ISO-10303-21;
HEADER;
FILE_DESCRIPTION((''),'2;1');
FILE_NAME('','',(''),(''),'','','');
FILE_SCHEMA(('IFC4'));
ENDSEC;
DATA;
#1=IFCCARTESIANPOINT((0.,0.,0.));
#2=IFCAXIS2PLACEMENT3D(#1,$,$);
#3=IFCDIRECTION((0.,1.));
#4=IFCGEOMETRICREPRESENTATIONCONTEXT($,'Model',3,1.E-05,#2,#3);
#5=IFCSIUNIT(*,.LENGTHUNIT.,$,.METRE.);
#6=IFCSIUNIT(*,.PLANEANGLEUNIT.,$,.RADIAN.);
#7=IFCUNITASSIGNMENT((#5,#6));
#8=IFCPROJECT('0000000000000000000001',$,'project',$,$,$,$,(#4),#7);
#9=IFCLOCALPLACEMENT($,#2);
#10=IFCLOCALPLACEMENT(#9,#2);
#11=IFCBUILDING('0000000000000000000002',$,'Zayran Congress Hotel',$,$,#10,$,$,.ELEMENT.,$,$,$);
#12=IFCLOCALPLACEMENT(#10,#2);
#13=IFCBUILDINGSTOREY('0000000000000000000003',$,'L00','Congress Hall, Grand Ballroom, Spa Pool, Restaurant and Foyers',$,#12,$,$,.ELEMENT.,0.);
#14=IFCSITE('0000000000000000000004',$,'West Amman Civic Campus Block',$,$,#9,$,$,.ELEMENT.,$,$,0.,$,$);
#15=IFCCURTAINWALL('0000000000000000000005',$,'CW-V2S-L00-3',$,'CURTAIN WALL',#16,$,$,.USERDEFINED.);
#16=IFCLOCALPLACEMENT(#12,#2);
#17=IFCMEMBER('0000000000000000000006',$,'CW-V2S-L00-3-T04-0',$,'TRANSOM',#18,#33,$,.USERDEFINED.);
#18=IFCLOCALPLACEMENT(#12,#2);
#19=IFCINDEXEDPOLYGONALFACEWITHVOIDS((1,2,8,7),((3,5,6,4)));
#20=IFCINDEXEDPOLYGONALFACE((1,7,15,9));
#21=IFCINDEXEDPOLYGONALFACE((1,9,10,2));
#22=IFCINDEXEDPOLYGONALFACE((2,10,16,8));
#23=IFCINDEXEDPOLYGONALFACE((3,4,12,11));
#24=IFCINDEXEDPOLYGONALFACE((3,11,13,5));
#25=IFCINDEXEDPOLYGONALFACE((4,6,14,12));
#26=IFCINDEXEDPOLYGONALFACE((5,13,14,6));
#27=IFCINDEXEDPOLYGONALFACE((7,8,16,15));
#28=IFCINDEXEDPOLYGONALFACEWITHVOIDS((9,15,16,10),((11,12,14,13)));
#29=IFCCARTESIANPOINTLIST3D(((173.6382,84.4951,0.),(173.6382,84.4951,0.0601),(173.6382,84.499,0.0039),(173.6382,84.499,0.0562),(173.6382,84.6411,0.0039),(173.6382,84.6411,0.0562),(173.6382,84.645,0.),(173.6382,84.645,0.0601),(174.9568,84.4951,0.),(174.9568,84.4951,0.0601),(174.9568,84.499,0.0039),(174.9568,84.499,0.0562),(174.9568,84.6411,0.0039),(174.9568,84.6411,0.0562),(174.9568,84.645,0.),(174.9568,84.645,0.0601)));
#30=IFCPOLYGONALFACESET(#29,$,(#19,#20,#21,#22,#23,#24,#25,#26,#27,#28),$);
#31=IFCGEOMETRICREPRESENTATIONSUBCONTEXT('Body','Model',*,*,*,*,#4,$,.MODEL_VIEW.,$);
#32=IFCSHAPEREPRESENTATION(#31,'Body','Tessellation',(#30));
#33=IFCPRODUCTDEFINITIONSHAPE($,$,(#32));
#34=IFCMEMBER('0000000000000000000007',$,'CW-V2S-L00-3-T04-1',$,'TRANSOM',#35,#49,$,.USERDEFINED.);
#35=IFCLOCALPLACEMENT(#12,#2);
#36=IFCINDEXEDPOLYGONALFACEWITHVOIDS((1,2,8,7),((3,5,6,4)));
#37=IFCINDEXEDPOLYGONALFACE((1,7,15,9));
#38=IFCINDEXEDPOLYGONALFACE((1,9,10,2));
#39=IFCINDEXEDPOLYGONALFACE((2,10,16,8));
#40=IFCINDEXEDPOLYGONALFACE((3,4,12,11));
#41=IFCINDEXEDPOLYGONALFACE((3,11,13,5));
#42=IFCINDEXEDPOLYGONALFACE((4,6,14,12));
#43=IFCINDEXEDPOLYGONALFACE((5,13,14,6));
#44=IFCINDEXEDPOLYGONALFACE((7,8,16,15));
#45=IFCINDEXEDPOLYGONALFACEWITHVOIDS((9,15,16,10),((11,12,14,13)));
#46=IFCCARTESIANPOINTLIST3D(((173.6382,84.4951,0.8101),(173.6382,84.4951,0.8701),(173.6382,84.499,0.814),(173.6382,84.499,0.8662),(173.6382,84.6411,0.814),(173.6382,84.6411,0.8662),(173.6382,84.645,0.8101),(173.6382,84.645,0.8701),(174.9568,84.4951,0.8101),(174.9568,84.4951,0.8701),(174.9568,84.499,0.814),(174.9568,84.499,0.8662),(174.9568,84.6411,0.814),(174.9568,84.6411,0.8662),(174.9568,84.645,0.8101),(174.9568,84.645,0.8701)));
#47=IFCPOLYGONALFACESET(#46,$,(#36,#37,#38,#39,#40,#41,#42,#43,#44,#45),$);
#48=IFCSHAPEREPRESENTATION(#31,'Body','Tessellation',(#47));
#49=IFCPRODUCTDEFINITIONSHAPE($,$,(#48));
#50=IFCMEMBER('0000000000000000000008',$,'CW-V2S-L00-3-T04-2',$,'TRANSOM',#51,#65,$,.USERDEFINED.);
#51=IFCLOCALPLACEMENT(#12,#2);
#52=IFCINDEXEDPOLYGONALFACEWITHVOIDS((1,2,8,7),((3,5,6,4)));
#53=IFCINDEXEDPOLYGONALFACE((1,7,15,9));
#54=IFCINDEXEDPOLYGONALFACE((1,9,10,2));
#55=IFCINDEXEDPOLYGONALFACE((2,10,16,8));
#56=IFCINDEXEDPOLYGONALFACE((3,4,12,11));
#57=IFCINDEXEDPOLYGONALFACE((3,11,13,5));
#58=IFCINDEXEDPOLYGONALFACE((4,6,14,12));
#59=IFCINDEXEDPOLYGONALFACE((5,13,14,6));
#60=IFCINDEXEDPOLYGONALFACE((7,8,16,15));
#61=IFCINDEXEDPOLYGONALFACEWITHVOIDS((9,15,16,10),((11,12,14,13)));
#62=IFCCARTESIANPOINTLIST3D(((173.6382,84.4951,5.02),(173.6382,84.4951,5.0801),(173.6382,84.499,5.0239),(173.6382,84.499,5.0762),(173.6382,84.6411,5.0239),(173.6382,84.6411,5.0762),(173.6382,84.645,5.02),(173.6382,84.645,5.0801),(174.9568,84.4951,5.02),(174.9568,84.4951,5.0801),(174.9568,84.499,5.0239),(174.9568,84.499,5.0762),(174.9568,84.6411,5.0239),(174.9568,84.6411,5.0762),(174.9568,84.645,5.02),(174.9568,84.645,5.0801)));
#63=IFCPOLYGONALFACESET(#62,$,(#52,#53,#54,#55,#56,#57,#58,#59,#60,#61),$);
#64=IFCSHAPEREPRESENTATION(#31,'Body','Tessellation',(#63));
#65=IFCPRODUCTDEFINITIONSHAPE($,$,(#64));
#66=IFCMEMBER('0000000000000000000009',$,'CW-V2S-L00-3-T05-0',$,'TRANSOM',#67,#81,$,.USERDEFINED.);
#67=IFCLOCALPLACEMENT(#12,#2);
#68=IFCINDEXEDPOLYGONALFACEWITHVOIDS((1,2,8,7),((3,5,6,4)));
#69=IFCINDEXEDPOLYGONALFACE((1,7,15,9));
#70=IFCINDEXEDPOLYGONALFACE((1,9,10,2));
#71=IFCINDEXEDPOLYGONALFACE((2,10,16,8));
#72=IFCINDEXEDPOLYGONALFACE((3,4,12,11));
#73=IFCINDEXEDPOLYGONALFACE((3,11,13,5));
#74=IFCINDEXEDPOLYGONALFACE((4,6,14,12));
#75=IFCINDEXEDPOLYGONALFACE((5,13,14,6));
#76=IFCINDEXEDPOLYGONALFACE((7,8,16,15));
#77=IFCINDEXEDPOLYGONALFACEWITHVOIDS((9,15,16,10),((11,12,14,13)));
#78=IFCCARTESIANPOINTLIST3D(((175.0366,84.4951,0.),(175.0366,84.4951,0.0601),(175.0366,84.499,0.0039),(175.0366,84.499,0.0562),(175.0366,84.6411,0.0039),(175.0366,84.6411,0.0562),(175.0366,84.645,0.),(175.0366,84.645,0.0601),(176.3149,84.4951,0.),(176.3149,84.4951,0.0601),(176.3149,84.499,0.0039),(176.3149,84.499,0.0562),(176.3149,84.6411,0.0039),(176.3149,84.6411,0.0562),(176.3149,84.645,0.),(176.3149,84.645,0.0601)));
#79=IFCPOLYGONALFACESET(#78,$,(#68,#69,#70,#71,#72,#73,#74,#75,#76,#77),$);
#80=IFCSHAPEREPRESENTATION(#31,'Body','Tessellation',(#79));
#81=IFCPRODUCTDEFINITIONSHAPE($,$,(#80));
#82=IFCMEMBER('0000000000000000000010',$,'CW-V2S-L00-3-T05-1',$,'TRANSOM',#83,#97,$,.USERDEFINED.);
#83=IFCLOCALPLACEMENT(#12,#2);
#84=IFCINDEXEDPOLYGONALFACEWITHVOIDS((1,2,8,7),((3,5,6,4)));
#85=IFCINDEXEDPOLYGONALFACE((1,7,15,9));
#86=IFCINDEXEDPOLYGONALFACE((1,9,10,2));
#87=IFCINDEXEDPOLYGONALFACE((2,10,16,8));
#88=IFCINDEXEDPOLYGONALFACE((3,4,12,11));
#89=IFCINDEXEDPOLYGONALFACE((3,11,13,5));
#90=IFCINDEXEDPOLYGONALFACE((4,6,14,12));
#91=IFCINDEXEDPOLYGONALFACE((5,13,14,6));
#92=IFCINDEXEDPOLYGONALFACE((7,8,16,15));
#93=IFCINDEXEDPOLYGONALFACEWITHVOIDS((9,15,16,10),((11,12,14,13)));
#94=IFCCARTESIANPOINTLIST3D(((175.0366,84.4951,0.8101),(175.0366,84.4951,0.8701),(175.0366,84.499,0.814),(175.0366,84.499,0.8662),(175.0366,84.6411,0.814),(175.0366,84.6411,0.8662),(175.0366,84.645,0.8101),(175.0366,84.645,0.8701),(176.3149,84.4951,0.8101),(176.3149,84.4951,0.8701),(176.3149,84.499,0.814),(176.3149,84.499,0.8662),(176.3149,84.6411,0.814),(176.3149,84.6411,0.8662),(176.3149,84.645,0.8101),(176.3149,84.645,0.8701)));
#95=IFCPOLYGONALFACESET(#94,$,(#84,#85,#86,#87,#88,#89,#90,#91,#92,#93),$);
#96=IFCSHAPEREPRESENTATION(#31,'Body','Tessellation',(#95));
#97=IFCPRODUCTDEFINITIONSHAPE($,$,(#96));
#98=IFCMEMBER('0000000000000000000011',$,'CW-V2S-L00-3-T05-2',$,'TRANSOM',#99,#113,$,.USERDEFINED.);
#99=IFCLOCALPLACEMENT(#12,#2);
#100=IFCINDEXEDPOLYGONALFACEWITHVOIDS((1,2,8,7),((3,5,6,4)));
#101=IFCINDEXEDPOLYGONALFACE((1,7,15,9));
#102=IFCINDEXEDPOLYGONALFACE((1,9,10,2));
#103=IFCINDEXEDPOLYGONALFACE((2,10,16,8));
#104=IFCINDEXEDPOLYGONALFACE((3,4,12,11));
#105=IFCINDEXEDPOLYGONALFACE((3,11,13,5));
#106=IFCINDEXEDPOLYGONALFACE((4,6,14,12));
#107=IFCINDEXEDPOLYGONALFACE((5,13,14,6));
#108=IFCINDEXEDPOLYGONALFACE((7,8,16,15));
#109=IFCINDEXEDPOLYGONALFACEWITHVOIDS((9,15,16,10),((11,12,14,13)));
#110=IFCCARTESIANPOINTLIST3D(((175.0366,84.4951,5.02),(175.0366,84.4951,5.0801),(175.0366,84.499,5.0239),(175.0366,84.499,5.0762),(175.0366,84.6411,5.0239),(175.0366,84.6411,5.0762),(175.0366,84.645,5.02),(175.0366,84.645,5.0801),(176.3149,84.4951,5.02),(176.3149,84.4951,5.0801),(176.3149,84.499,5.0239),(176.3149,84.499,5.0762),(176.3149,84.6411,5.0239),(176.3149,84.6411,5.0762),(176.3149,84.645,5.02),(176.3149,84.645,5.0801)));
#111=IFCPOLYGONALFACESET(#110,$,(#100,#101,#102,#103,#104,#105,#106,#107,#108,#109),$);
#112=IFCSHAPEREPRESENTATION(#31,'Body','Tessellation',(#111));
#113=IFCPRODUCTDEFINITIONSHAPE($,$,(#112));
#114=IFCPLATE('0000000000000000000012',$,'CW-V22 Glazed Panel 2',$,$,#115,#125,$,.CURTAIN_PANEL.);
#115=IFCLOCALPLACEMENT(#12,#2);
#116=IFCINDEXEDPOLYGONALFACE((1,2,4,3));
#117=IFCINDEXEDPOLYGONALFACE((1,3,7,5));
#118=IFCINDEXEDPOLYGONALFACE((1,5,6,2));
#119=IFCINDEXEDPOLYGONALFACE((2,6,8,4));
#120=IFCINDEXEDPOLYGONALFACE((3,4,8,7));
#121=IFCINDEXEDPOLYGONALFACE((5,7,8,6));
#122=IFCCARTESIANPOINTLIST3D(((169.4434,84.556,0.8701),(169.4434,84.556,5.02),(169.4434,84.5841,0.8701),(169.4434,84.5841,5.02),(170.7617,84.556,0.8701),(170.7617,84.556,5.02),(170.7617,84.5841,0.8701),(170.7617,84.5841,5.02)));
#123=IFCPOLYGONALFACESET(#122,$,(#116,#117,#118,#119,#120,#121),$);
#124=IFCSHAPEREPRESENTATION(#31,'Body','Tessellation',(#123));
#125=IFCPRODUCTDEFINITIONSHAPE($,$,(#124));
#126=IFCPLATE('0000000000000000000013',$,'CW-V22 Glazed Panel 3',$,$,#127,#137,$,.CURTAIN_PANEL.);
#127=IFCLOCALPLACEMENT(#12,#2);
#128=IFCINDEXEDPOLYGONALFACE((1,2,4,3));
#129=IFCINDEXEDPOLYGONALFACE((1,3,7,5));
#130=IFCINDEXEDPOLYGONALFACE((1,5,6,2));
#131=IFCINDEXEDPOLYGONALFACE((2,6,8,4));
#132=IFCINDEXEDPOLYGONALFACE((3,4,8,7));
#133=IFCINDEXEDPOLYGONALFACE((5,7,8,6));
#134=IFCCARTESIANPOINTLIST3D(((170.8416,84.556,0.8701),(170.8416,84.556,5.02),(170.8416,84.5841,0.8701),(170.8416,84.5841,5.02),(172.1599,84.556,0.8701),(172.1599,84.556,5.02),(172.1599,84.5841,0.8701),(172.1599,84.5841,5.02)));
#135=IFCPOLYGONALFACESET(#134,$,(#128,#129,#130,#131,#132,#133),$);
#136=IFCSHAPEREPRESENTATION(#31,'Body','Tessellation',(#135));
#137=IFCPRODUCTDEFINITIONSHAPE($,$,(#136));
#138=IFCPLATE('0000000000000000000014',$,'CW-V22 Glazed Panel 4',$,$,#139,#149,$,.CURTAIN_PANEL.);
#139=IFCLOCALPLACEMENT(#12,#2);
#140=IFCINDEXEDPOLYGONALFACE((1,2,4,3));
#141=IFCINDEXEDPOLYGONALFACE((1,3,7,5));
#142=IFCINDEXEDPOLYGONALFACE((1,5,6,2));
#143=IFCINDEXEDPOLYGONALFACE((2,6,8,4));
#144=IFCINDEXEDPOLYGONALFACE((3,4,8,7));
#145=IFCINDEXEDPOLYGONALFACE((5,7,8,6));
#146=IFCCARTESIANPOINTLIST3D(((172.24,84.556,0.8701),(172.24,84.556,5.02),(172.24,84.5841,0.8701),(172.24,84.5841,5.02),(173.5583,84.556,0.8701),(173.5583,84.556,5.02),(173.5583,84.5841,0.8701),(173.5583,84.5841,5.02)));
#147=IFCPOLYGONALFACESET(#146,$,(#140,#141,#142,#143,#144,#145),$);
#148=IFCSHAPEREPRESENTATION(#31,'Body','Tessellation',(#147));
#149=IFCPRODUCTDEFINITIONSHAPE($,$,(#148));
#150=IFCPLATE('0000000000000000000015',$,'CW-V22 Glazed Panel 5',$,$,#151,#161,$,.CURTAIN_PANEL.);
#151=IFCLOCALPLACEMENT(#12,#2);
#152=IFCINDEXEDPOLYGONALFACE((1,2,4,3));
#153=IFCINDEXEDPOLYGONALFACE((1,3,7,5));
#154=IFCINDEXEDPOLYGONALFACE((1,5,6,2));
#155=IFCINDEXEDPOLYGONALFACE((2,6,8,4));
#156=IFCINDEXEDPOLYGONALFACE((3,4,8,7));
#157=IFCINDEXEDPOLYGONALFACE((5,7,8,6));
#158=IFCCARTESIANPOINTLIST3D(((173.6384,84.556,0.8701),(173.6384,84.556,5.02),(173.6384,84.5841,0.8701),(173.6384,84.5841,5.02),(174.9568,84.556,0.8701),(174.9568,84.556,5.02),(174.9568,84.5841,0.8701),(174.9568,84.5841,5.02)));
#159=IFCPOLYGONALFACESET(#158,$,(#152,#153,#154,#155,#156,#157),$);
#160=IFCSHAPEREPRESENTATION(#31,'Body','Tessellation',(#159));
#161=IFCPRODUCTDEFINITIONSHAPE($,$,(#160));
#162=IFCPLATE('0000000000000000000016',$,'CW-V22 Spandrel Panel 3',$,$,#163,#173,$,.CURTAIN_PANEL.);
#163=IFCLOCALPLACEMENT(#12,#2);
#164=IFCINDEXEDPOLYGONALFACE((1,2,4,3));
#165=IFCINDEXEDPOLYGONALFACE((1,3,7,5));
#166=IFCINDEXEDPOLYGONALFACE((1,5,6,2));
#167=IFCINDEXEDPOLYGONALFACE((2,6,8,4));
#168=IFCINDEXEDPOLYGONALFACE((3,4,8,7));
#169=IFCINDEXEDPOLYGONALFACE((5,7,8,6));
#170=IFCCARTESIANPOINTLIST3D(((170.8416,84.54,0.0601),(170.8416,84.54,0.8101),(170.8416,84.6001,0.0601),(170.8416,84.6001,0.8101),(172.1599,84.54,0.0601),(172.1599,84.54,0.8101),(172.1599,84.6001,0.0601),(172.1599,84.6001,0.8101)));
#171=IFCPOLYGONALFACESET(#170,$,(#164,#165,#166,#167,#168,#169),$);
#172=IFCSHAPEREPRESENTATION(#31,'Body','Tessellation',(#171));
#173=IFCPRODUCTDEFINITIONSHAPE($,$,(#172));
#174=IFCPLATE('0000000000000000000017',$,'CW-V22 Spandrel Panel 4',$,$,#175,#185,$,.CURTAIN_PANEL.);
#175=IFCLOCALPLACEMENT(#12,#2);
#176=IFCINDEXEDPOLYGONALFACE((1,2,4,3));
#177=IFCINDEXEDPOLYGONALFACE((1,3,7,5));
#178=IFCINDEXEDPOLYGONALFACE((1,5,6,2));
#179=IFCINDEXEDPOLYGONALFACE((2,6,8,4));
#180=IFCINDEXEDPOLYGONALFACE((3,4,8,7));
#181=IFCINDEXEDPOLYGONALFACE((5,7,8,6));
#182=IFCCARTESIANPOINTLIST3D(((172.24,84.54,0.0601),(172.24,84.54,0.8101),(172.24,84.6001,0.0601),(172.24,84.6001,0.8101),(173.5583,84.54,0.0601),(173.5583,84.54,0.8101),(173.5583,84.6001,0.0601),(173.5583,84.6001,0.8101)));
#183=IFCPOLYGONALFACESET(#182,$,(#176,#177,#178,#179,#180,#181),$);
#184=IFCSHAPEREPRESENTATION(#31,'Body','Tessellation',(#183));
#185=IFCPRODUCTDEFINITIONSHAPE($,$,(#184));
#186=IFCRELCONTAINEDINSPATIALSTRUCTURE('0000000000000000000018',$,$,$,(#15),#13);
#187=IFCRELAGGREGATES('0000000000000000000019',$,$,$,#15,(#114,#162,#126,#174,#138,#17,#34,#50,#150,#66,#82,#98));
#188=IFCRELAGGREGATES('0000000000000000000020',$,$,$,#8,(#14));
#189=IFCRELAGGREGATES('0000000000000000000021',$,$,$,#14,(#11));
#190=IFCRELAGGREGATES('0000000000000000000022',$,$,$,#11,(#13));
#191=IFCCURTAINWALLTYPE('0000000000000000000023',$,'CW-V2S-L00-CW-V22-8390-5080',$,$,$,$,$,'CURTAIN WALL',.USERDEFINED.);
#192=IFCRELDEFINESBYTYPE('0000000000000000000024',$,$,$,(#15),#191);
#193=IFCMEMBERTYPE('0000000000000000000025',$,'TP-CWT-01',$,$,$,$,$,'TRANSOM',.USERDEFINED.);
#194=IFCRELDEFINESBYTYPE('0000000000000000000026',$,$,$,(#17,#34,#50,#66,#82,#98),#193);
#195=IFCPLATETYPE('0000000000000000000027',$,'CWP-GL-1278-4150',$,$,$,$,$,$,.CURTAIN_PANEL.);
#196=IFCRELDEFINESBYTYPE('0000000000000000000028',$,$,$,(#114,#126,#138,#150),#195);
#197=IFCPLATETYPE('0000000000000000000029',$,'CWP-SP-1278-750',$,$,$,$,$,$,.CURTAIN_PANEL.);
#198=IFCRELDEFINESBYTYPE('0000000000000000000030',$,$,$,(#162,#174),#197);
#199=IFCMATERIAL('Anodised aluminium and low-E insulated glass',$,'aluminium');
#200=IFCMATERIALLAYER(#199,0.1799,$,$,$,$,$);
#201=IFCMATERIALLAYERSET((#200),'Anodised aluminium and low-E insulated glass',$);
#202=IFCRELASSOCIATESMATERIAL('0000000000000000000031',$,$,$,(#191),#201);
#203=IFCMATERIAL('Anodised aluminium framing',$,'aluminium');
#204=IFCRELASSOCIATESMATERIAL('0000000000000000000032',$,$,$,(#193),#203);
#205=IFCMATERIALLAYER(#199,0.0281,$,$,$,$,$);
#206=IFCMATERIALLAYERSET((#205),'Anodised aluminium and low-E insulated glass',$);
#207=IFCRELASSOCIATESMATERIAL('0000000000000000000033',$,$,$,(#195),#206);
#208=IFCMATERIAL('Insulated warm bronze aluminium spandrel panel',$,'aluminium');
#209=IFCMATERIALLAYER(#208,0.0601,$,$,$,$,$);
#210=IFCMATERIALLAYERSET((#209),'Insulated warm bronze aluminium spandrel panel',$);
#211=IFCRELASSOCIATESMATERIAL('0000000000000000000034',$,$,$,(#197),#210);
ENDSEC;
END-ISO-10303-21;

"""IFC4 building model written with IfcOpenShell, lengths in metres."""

from ifc_helpers import new_model, si_unit, direction, frame, origin, origin_2d, place, context, subcontext, project, spatial, rectangle, hollow_rectangle, extrude, material, layer, layer_set, material_profile, profile_set, type_object, element, aggregate, save


model = new_model("IFC4")

# Units and contexts
model_context = context("Model", 3, precision=1e-05, world=origin(), true_north=direction((0.0, 1.0)))
body_context = subcontext(model_context, "Body", "Model", "MODEL_VIEW")
ifc_project = project(units=[si_unit("LENGTHUNIT", "METRE"), si_unit("PLANEANGLEUNIT", "RADIAN")], contexts=[model_context])

# Site, building, storey
site_placement = place(None, origin())
site = spatial("IfcSite", under=ifc_project, at=site_placement, Name="West Amman Civic Campus Block", CompositionType="ELEMENT", RefElevation=0.0)
building_placement = place(site_placement, origin())
building = spatial("IfcBuilding", under=site, at=building_placement, Name="Zayran Congress Hotel", CompositionType="ELEMENT")
storey_placement = place(building_placement, origin())
storey = spatial("IfcBuildingStorey", under=building, at=storey_placement, Name="L00", Description="Congress Hall, Grand Ballroom, Spa Pool, Restaurant and Foyers", CompositionType="ELEMENT", Elevation=0.0)

# Curtain wall, members, plates
ifc_material_1 = material(Name="Anodised aluminium and low-E insulated glass", Category="aluminium")
ifc_layer_1 = layer(ifc_material_1, 0.1799)
ifc_layer_set_1 = layer_set([ifc_layer_1], Name="Anodised aluminium and low-E insulated glass")
curtain_wall_type = type_object("IfcCurtainWallType", Name="CW-V2S-L00-CW-V22-8390-5080", ElementType="CURTAIN WALL", PredefinedType="USERDEFINED", material=ifc_layer_set_1)
curtain_wall_placement = place(storey_placement, origin())
curtain_wall = element("IfcCurtainWall", 1, at=curtain_wall_placement, inside=storey, type_object=curtain_wall_type, Name="CW-V2S-L00-3", ObjectType="CURTAIN WALL", PredefinedType="USERDEFINED")
ifc_material_2 = material(Name="Anodised aluminium framing", Category="aluminium")
ifc_material_profile_1 = material_profile(ifc_material_2, hollow_rectangle(XDim=0.0601, YDim=0.1499, WallThickness=0.0039, at=origin_2d()), Name="RHS 150x60x4")
ifc_profile_set_1 = profile_set([ifc_material_profile_1], Name="Anodised aluminium framing")
member_type_1 = type_object("IfcMemberType", Name="TP-CWT-01", ElementType="TRANSOM", PredefinedType="USERDEFINED", material=ifc_profile_set_1)
member_1_placement = place(storey_placement, frame((173.6382, 84.5701, 0.03), z_axis=(1.0, 0.0, 0.0), x_axis=(0.0, 0.0, 1.0)))
member_1 = element("IfcMember", 2, at=member_1_placement, type_object=member_type_1, Name="CW-V2S-L00-3-T04-0", ObjectType="TRANSOM", PredefinedType="USERDEFINED", context=body_context, shape_type="SweptSolid", body=[
    extrude(hollow_rectangle(XDim=0.0601, YDim=0.1499, WallThickness=0.0039, at=origin_2d()), origin(), (0.0, 0.0, 1.0), 1.3186),
])
member_2_placement = place(storey_placement, frame((173.6382, 84.5701, 0.8401), z_axis=(1.0, 0.0, 0.0), x_axis=(0.0, 0.0, 1.0)))
member_2 = element("IfcMember", 3, at=member_2_placement, type_object=member_type_1, Name="CW-V2S-L00-3-T04-1", ObjectType="TRANSOM", PredefinedType="USERDEFINED", context=body_context, shape_type="SweptSolid", body=[
    extrude(hollow_rectangle(XDim=0.0601, YDim=0.1499, WallThickness=0.0039, at=origin_2d()), origin(), (0.0, 0.0, 1.0), 1.3186),
])
member_3_placement = place(storey_placement, frame((173.6382, 84.5701, 5.05), z_axis=(1.0, 0.0, 0.0), x_axis=(0.0, 0.0, 1.0)))
member_3 = element("IfcMember", 4, at=member_3_placement, type_object=member_type_1, Name="CW-V2S-L00-3-T04-2", ObjectType="TRANSOM", PredefinedType="USERDEFINED", context=body_context, shape_type="SweptSolid", body=[
    extrude(hollow_rectangle(XDim=0.0601, YDim=0.1499, WallThickness=0.0039, at=origin_2d()), origin(), (0.0, 0.0, 1.0), 1.3186),
])
member_4_placement = place(storey_placement, frame((175.0366, 84.5701, 0.03), z_axis=(1.0, 0.0, 0.0), x_axis=(0.0, 0.0, 1.0)))
member_4 = element("IfcMember", 5, at=member_4_placement, type_object=member_type_1, Name="CW-V2S-L00-3-T05-0", ObjectType="TRANSOM", PredefinedType="USERDEFINED", context=body_context, shape_type="SweptSolid", body=[
    extrude(hollow_rectangle(XDim=0.0601, YDim=0.1499, WallThickness=0.0039, at=origin_2d()), origin(), (0.0, 0.0, 1.0), 1.2783),
])
member_5_placement = place(storey_placement, frame((175.0366, 84.5701, 0.8401), z_axis=(1.0, 0.0, 0.0), x_axis=(0.0, 0.0, 1.0)))
member_5 = element("IfcMember", 6, at=member_5_placement, type_object=member_type_1, Name="CW-V2S-L00-3-T05-1", ObjectType="TRANSOM", PredefinedType="USERDEFINED", context=body_context, shape_type="SweptSolid", body=[
    extrude(hollow_rectangle(XDim=0.0601, YDim=0.1499, WallThickness=0.0039, at=origin_2d()), origin(), (0.0, 0.0, 1.0), 1.2783),
])
member_6_placement = place(storey_placement, frame((175.0366, 84.5701, 5.05), z_axis=(1.0, 0.0, 0.0), x_axis=(0.0, 0.0, 1.0)))
member_6 = element("IfcMember", 7, at=member_6_placement, type_object=member_type_1, Name="CW-V2S-L00-3-T05-2", ObjectType="TRANSOM", PredefinedType="USERDEFINED", context=body_context, shape_type="SweptSolid", body=[
    extrude(hollow_rectangle(XDim=0.0601, YDim=0.1499, WallThickness=0.0039, at=origin_2d()), origin(), (0.0, 0.0, 1.0), 1.2783),
])
ifc_layer_2 = layer(ifc_material_1, 0.0281)
ifc_layer_set_2 = layer_set([ifc_layer_2], Name="Anodised aluminium and low-E insulated glass")
plate_type_1 = type_object("IfcPlateType", Name="CWP-GL-1278-4150", PredefinedType="CURTAIN_PANEL", material=ifc_layer_set_2)
plate_1_placement = place(storey_placement, frame((170.1025, 84.5701, 0.8701), z_axis=(0.0, 0.0, 1.0), x_axis=(1.0, 0.0, 0.0)))
plate_1 = element("IfcPlate", 8, at=plate_1_placement, type_object=plate_type_1, Name="CW-V22 Glazed Panel 2", PredefinedType="CURTAIN_PANEL", context=body_context, shape_type="SweptSolid", body=[
    extrude(rectangle(XDim=1.3184, YDim=0.0281, at=origin_2d()), origin(), (0.0, 0.0, 1.0), 4.1499),
])
plate_2_placement = place(storey_placement, frame((171.5007, 84.5701, 0.8701), z_axis=(0.0, 0.0, 1.0), x_axis=(1.0, 0.0, 0.0)))
plate_2 = element("IfcPlate", 9, at=plate_2_placement, type_object=plate_type_1, Name="CW-V22 Glazed Panel 3", PredefinedType="CURTAIN_PANEL", context=body_context, shape_type="SweptSolid", body=[
    extrude(rectangle(XDim=1.3184, YDim=0.0281, at=origin_2d()), origin(), (0.0, 0.0, 1.0), 4.1499),
])
plate_3_placement = place(storey_placement, frame((172.8992, 84.5701, 0.8701), z_axis=(0.0, 0.0, 1.0), x_axis=(1.0, 0.0, 0.0)))
plate_3 = element("IfcPlate", 10, at=plate_3_placement, type_object=plate_type_1, Name="CW-V22 Glazed Panel 4", PredefinedType="CURTAIN_PANEL", context=body_context, shape_type="SweptSolid", body=[
    extrude(rectangle(XDim=1.3184, YDim=0.0281, at=origin_2d()), origin(), (0.0, 0.0, 1.0), 4.1499),
])
plate_4_placement = place(storey_placement, frame((174.2976, 84.5701, 0.8701), z_axis=(0.0, 0.0, 1.0), x_axis=(1.0, 0.0, 0.0)))
plate_4 = element("IfcPlate", 11, at=plate_4_placement, type_object=plate_type_1, Name="CW-V22 Glazed Panel 5", PredefinedType="CURTAIN_PANEL", context=body_context, shape_type="SweptSolid", body=[
    extrude(rectangle(XDim=1.3184, YDim=0.0281, at=origin_2d()), origin(), (0.0, 0.0, 1.0), 4.1499),
])
ifc_material_3 = material(Name="Insulated warm bronze aluminium spandrel panel", Category="aluminium")
ifc_layer_3 = layer(ifc_material_3, 0.0601)
ifc_layer_set_3 = layer_set([ifc_layer_3], Name="Insulated warm bronze aluminium spandrel panel")
plate_type_2 = type_object("IfcPlateType", Name="CWP-SP-1278-750", PredefinedType="CURTAIN_PANEL", material=ifc_layer_set_3)
plate_5_placement = place(storey_placement, frame((171.5007, 84.5701, 0.0601), z_axis=(0.0, 0.0, 1.0), x_axis=(1.0, 0.0, 0.0)))
plate_5 = element("IfcPlate", 12, at=plate_5_placement, type_object=plate_type_2, Name="CW-V22 Spandrel Panel 3", PredefinedType="CURTAIN_PANEL", context=body_context, shape_type="SweptSolid", body=[
    extrude(rectangle(XDim=1.3184, YDim=0.0601, at=origin_2d()), origin(), (0.0, 0.0, 1.0), 0.75),
])
plate_6_placement = place(storey_placement, frame((172.8992, 84.5701, 0.0601), z_axis=(0.0, 0.0, 1.0), x_axis=(1.0, 0.0, 0.0)))
plate_6 = element("IfcPlate", 13, at=plate_6_placement, type_object=plate_type_2, Name="CW-V22 Spandrel Panel 4", PredefinedType="CURTAIN_PANEL", context=body_context, shape_type="SweptSolid", body=[
    extrude(rectangle(XDim=1.3184, YDim=0.0601, at=origin_2d()), origin(), (0.0, 0.0, 1.0), 0.75),
])
aggregate(curtain_wall, [plate_1, plate_5, plate_2, plate_6, plate_3, member_1, member_2, member_3, plate_4, member_4, member_5, member_6])

save(model, "model.ifc")
